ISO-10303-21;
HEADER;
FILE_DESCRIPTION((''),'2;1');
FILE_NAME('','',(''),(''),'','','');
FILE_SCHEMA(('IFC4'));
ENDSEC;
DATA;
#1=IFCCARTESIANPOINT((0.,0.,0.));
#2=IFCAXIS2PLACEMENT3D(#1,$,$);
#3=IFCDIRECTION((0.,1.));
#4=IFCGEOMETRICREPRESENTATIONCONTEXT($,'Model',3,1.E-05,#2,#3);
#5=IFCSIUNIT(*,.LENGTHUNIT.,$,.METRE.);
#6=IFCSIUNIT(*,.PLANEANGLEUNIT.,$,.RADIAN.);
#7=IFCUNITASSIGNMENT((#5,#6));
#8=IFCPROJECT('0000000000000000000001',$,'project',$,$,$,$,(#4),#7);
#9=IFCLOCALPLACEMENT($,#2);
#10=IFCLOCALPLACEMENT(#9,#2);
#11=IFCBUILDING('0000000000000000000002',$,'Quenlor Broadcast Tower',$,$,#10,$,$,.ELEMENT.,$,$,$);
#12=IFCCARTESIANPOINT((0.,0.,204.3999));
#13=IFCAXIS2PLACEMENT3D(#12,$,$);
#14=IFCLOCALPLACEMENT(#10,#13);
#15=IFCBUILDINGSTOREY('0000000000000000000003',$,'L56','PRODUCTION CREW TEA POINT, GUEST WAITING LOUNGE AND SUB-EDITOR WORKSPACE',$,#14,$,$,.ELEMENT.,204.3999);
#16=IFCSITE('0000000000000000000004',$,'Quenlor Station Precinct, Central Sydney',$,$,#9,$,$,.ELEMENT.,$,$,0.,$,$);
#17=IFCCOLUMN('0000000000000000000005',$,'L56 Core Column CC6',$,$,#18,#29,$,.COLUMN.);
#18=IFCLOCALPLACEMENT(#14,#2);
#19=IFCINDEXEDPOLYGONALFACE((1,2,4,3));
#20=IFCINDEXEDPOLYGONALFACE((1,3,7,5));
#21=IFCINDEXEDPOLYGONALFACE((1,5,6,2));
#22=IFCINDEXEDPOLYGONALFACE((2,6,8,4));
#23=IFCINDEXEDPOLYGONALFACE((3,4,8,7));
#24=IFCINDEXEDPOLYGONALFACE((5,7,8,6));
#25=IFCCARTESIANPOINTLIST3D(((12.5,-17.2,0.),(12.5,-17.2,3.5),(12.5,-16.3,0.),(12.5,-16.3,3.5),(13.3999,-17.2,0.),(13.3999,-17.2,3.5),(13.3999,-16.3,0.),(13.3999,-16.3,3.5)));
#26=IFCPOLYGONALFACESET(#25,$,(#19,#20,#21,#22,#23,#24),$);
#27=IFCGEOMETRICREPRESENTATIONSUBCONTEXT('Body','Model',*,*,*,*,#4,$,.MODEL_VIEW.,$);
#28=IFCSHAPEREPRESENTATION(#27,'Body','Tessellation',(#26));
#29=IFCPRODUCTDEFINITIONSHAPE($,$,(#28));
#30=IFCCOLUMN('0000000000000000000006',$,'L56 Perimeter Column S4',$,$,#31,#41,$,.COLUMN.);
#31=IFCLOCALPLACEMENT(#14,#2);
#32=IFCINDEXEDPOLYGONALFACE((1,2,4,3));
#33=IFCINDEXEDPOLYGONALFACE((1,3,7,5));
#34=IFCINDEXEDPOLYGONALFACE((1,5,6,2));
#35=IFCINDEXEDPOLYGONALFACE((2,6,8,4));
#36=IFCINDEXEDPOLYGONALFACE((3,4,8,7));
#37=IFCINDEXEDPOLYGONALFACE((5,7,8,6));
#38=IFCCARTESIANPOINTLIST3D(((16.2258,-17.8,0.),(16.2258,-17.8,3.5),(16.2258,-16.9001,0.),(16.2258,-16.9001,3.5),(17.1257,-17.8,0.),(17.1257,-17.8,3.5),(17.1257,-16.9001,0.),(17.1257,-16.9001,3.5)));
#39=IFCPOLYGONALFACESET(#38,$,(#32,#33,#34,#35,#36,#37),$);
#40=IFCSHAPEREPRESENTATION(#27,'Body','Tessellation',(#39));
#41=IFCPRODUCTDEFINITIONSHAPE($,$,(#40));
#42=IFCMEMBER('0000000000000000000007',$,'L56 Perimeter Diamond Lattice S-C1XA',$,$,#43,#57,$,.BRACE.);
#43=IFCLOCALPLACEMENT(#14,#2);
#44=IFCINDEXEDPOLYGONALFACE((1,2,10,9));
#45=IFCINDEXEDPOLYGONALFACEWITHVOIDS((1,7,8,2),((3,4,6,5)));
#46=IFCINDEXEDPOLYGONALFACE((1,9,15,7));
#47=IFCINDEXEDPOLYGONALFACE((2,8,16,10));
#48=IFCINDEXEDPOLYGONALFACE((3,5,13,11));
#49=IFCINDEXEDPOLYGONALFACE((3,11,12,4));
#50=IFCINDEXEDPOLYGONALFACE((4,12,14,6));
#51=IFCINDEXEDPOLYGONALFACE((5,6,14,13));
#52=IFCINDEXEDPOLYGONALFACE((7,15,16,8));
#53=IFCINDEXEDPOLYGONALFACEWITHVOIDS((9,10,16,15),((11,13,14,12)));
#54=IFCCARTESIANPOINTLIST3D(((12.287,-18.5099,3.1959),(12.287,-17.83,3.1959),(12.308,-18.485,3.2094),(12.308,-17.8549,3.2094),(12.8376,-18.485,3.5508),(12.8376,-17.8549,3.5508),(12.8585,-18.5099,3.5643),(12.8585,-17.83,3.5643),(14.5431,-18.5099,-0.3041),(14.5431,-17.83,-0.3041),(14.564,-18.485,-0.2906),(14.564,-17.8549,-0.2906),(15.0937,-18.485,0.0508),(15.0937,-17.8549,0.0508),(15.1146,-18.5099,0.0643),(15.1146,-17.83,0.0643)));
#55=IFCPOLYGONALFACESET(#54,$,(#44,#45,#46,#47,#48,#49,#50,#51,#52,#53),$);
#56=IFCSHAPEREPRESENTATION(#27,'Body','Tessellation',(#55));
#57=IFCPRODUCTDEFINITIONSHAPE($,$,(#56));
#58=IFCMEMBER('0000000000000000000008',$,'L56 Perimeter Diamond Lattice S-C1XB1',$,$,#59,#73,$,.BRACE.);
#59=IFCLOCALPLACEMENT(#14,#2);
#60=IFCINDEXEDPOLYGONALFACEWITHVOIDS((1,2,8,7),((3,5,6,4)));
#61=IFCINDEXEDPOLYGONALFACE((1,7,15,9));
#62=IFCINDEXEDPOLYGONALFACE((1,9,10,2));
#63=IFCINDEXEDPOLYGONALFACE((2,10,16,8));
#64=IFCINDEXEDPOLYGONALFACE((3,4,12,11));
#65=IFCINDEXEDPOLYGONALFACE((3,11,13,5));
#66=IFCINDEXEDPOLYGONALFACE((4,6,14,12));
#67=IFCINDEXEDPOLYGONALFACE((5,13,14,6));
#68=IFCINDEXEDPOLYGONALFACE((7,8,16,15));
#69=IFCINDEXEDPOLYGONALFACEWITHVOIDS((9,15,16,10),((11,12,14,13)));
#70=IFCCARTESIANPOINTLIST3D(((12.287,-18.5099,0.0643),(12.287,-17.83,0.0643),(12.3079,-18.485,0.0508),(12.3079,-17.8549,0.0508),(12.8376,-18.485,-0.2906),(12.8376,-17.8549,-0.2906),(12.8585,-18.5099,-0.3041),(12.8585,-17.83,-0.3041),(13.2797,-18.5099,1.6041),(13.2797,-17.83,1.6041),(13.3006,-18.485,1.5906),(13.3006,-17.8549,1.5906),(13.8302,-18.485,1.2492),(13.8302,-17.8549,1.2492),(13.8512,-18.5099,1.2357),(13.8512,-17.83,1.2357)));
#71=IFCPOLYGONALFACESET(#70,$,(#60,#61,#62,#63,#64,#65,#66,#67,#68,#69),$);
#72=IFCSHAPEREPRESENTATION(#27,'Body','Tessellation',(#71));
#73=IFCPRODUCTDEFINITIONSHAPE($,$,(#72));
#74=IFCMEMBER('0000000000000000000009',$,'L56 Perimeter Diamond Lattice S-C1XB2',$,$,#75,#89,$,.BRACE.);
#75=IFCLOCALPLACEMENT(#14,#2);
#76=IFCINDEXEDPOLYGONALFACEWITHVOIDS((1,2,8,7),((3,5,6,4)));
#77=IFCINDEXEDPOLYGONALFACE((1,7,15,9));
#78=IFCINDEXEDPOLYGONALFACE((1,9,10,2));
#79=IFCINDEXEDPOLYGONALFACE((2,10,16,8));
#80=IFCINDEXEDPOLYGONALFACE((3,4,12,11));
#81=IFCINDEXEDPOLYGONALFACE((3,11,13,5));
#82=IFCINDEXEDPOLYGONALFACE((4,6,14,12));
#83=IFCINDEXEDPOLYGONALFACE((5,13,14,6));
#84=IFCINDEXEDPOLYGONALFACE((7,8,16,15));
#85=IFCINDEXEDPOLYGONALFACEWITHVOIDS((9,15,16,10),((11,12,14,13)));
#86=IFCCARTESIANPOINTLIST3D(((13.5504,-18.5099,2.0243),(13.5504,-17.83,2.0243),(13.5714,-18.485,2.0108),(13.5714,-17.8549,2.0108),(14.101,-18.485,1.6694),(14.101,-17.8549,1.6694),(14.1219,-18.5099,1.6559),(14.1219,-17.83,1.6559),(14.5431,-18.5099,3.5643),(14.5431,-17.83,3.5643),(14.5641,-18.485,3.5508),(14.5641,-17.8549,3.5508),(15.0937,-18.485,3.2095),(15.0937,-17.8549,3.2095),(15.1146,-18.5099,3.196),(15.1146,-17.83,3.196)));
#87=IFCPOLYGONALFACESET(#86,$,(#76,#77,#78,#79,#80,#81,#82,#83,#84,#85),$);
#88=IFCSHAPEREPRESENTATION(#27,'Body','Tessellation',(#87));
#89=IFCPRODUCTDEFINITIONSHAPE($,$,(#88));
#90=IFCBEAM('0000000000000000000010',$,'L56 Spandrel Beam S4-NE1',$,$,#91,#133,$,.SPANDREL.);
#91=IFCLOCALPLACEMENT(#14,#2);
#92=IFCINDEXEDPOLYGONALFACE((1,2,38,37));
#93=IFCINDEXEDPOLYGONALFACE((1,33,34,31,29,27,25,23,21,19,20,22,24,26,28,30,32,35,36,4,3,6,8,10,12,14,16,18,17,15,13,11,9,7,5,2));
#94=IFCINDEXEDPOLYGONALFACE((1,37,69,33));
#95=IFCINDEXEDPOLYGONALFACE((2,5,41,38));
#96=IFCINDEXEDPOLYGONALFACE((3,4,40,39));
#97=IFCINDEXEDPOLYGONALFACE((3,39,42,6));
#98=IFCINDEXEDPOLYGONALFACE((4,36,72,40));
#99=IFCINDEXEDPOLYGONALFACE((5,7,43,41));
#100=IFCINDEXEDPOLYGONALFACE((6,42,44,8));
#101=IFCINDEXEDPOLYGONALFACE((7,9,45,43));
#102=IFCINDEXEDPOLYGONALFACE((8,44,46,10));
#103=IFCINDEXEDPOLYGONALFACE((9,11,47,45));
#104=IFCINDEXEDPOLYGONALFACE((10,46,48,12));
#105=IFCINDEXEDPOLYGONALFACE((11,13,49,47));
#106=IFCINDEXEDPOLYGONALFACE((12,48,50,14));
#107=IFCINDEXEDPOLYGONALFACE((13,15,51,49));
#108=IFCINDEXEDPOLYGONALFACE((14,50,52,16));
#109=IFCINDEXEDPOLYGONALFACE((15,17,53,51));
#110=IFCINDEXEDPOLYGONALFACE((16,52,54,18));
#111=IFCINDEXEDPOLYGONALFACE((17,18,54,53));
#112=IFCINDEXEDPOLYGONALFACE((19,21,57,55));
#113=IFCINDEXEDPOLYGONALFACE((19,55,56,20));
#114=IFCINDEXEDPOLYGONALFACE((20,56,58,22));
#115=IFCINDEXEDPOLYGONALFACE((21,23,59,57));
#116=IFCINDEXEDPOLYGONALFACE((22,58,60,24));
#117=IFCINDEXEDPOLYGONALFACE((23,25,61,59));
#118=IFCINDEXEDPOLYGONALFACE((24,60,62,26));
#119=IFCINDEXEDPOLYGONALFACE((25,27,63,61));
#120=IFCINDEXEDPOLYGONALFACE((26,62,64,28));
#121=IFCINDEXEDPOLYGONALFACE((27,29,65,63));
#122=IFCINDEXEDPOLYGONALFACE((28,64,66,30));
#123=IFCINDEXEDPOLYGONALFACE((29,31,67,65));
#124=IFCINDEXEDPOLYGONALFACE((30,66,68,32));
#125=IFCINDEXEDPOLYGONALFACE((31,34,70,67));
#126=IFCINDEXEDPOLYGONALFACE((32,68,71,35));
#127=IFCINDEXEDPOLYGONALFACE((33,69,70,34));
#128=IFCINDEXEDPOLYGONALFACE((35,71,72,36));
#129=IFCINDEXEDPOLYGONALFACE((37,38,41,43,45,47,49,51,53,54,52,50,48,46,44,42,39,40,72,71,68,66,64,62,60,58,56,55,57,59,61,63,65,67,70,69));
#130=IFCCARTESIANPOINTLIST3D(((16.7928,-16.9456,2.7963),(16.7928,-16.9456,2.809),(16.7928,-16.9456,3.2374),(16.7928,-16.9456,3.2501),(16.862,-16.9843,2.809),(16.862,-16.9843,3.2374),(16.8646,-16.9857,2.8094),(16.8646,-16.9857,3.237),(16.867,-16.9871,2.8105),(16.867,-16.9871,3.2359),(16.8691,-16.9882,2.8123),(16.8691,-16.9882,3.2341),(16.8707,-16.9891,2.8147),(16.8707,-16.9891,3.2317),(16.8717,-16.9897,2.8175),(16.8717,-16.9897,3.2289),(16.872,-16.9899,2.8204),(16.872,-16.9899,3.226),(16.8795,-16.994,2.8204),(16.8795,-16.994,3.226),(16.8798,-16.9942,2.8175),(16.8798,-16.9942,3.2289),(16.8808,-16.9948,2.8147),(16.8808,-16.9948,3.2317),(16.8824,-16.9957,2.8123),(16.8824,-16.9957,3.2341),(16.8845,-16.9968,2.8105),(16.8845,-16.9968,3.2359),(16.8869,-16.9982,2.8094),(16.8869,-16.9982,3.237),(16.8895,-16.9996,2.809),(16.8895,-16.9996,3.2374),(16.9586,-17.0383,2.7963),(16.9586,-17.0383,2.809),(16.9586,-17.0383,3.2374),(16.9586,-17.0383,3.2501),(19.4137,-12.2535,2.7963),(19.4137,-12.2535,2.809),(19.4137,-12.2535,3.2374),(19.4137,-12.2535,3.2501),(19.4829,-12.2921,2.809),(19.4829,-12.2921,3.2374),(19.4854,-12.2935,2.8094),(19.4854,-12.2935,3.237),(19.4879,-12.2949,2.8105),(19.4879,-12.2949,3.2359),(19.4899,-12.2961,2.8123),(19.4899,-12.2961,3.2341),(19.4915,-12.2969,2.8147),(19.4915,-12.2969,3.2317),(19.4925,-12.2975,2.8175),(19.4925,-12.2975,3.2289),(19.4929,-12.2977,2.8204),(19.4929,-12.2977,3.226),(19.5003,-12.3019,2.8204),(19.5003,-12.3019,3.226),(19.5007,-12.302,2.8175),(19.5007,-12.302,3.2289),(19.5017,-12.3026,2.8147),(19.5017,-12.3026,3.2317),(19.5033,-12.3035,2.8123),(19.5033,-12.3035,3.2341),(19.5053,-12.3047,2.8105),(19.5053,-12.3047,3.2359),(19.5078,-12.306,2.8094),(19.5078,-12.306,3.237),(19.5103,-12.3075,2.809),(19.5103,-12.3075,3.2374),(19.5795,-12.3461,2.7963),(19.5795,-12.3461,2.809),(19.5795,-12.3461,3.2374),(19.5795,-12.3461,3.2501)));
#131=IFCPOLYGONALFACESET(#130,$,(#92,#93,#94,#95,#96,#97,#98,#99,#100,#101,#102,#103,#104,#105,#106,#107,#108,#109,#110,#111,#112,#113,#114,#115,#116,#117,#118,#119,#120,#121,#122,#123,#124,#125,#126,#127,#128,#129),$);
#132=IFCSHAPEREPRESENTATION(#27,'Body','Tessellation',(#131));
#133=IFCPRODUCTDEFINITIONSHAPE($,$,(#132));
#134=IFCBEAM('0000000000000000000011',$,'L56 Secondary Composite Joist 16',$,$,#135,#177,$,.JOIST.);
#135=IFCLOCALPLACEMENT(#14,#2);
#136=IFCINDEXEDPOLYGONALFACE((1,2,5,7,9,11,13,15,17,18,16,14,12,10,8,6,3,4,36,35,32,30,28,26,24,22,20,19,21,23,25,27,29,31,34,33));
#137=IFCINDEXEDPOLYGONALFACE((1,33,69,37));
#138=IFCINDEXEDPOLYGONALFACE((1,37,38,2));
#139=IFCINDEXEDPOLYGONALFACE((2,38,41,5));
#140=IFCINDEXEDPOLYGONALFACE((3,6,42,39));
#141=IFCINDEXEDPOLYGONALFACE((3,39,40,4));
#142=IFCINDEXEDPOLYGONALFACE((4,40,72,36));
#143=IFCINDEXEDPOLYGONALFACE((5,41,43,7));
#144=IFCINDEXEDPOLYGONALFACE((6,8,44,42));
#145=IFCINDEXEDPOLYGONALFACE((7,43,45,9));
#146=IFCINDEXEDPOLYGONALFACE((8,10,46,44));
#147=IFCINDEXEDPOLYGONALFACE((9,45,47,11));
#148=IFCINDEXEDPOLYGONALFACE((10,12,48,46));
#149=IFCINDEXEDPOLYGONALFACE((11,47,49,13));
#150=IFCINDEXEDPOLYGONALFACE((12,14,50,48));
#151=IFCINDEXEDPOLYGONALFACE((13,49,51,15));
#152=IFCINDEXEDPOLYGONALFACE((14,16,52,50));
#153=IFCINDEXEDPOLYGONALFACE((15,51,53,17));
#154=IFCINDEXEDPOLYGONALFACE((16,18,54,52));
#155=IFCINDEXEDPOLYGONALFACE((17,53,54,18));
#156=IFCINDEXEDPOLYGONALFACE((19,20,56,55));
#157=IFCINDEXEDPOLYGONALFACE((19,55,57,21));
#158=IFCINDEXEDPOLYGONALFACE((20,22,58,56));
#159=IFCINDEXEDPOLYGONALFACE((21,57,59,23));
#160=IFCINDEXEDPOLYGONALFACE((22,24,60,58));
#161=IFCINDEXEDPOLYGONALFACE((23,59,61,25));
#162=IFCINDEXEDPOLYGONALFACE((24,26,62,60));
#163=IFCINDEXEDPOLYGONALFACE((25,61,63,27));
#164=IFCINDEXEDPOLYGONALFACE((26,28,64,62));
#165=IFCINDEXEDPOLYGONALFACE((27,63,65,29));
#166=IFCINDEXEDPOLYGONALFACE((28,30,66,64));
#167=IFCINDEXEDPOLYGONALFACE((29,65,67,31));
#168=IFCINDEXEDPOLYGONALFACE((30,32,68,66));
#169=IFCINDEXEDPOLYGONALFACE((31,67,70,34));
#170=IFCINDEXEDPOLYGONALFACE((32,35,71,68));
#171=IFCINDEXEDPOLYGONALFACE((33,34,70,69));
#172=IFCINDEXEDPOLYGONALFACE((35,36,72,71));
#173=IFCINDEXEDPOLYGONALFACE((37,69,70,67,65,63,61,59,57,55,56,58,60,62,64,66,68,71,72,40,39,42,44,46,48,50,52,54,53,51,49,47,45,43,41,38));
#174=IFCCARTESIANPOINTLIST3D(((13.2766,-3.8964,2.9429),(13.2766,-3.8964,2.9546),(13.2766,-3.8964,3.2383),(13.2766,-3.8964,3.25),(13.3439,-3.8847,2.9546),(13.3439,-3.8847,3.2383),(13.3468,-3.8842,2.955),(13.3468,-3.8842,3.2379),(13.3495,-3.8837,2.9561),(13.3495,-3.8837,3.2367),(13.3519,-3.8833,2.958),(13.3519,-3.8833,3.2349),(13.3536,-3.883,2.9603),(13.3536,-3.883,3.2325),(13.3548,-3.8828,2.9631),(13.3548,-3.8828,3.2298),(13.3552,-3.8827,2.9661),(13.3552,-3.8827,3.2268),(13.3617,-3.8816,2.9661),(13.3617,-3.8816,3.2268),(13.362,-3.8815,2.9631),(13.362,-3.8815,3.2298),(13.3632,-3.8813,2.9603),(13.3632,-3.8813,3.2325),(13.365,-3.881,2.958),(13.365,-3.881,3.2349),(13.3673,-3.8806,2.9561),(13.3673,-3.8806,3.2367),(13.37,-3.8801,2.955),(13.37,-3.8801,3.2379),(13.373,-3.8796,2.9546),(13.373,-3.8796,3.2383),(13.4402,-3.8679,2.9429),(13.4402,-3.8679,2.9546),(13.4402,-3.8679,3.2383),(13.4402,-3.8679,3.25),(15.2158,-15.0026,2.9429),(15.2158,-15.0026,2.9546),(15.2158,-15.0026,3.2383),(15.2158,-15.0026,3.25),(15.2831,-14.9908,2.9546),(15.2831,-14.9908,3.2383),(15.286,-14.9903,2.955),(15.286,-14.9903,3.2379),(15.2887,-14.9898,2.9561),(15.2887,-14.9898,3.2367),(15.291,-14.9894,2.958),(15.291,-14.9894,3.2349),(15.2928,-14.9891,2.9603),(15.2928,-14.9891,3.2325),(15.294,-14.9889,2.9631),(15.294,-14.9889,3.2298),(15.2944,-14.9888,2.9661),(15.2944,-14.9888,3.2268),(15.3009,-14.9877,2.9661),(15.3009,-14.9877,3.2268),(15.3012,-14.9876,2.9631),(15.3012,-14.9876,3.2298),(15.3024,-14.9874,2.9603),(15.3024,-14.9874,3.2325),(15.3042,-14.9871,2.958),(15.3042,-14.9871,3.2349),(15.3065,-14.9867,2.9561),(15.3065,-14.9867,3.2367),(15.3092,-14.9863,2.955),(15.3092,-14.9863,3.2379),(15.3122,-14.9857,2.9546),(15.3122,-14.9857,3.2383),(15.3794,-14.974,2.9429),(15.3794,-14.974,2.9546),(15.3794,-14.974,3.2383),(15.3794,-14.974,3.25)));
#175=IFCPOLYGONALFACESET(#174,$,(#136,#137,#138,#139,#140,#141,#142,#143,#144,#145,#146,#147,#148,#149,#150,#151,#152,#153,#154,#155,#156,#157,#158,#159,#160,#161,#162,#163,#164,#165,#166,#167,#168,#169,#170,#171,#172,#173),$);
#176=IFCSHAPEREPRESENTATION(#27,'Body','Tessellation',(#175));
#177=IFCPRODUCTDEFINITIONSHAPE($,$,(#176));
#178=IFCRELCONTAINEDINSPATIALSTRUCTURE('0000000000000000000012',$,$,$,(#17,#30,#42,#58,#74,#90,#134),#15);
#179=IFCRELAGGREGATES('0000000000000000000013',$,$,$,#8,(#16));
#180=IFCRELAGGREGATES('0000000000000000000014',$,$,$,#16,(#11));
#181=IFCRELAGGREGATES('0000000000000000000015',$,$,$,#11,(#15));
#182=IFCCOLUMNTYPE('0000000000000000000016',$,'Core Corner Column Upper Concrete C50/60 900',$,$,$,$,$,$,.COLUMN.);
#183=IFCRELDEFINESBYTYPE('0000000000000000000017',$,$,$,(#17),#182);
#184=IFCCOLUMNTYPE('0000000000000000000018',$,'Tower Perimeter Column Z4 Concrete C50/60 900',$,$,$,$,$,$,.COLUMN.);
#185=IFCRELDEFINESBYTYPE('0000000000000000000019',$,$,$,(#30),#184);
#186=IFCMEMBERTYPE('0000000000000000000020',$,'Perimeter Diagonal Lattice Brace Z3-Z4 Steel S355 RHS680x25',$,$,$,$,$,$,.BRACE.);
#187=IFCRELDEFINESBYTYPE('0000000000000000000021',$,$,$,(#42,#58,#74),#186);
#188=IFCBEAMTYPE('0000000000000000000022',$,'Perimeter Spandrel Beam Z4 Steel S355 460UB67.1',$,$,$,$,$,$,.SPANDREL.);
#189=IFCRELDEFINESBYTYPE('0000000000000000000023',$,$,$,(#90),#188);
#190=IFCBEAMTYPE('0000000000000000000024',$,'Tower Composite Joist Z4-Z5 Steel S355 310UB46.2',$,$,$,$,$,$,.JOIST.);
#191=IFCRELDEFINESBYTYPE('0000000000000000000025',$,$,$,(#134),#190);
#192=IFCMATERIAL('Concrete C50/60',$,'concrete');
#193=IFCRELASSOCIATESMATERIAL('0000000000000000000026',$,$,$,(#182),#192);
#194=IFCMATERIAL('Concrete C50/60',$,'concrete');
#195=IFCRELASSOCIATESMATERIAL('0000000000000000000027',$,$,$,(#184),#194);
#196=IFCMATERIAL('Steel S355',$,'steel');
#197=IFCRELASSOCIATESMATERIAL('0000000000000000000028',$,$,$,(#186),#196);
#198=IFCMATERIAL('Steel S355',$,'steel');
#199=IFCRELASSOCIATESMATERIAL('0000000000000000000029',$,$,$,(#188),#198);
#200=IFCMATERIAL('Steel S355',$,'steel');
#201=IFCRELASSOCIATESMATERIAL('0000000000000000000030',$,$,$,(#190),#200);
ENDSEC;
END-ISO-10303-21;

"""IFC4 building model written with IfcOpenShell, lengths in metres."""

from ifc_helpers import new_model, si_unit, direction, frame, origin, origin_2d, place, context, subcontext, project, spatial, rectangle, hollow_rectangle, i_section, extrude, material, material_profile, profile_set, type_object, element, save


model = new_model("IFC4")

# Units and contexts
model_context = context("Model", 3, precision=1e-05, world=origin(), true_north=direction((0.0, 1.0)))
body_context = subcontext(model_context, "Body", "Model", "MODEL_VIEW")
ifc_project = project(units=[si_unit("LENGTHUNIT", "METRE"), si_unit("PLANEANGLEUNIT", "RADIAN")], contexts=[model_context])

# Site, building, storey
site_placement = place(None, origin())
site = spatial("IfcSite", under=ifc_project, at=site_placement, Name="Quenlor Station Precinct, Central Sydney", CompositionType="ELEMENT", RefElevation=0.0)
building_placement = place(site_placement, origin())
building = spatial("IfcBuilding", under=site, at=building_placement, Name="Quenlor Broadcast Tower", CompositionType="ELEMENT")
storey_placement = place(building_placement, frame((0.0, 0.0, 204.3999)))
storey = spatial("IfcBuildingStorey", under=building, at=storey_placement, Name="L56", Description="PRODUCTION CREW TEA POINT, GUEST WAITING LOUNGE AND SUB-EDITOR WORKSPACE", CompositionType="ELEMENT", Elevation=204.3999)

# Columns
ifc_material_1 = material(Name="Concrete C50/60", Category="concrete")
ifc_material_profile_1 = material_profile(ifc_material_1, rectangle(XDim=0.8999, YDim=0.8999, at=origin_2d()))
ifc_profile_set_1 = profile_set([ifc_material_profile_1], Name="Concrete C50/60 RC900x900")
column_type_1 = type_object("IfcColumnType", Name="Core Corner Column Upper Concrete C50/60 900", PredefinedType="COLUMN", material=ifc_profile_set_1)
column_1_placement = place(storey_placement, frame((12.95, -16.75, 0.0), z_axis=(0.0, 0.0, 1.0), x_axis=(1.0, 0.0, 0.0)))
element("IfcColumn", 1, at=column_1_placement, inside=storey, type_object=column_type_1, Name="L56 Core Column CC6", PredefinedType="COLUMN", context=body_context, shape_type="SweptSolid", body=[
    extrude(rectangle(XDim=0.8999, YDim=0.8999, at=origin_2d()), origin(), (0.0, 0.0, 1.0), 3.5),
])
ifc_material_2 = material(Name="Concrete C50/60", Category="concrete")
ifc_material_profile_2 = material_profile(ifc_material_2, rectangle(XDim=0.8999, YDim=0.8999, at=origin_2d()))
ifc_profile_set_2 = profile_set([ifc_material_profile_2], Name="Concrete C50/60 RC900x900")
column_type_2 = type_object("IfcColumnType", Name="Tower Perimeter Column Z4 Concrete C50/60 900", PredefinedType="COLUMN", material=ifc_profile_set_2)
column_2_placement = place(storey_placement, frame((16.6758, -17.3501, 0.0), z_axis=(0.0, 0.0, 1.0), x_axis=(0.0, 1.0, 0.0)))
element("IfcColumn", 2, at=column_2_placement, inside=storey, type_object=column_type_2, Name="L56 Perimeter Column S4", PredefinedType="COLUMN", context=body_context, shape_type="SweptSolid", body=[
    extrude(rectangle(XDim=0.8999, YDim=0.8999, at=origin_2d()), origin(), (0.0, 0.0, 1.0), 3.5),
])

# Members
ifc_material_3 = material(Name="Steel S355", Category="steel")
ifc_material_profile_3 = material_profile(ifc_material_3, hollow_rectangle(XDim=0.6799, YDim=0.6799, WallThickness=0.0249, at=origin_2d()))
ifc_profile_set_3 = profile_set([ifc_material_profile_3], Name="Steel S355 RHS680x680x25")
member_type = type_object("IfcMemberType", Name="Perimeter Diagonal Lattice Brace Z3-Z4 Steel S355 RHS680x25", PredefinedType="BRACE", material=ifc_profile_set_3)
member_1_placement = place(storey_placement, frame((14.8289, -18.1699, -0.1199), z_axis=(-0.541794, 0.0, 0.840511), x_axis=(0.0, -1.0, 0.0)))
element("IfcMember", 3, at=member_1_placement, inside=storey, type_object=member_type, Name="L56 Perimeter Diamond Lattice S-C1XA", PredefinedType="BRACE", context=body_context, shape_type="SweptSolid", body=[
    extrude(hollow_rectangle(XDim=0.6799, YDim=0.6799, WallThickness=0.0249, at=origin_2d()), origin(), (0.0, 0.0, 1.0), 4.1641),
])
member_2_placement = place(storey_placement, frame((12.5728, -18.1699, -0.1199), z_axis=(0.541842, 0.0, 0.840481), x_axis=(0.0, 1.0, 0.0)))
element("IfcMember", 4, at=member_2_placement, inside=storey, type_object=member_type, Name="L56 Perimeter Diamond Lattice S-C1XB1", PredefinedType="BRACE", context=body_context, shape_type="SweptSolid", body=[
    extrude(hollow_rectangle(XDim=0.6799, YDim=0.6799, WallThickness=0.0249, at=origin_2d()), origin(), (0.0, 0.0, 1.0), 1.832),
])
member_3_placement = place(storey_placement, frame((13.8362, -18.1699, 1.8401), z_axis=(0.541781, 0.0, 0.84052), x_axis=(0.0, 1.0, 0.0)))
element("IfcMember", 5, at=member_3_placement, inside=storey, type_object=member_type, Name="L56 Perimeter Diamond Lattice S-C1XB2", PredefinedType="BRACE", context=body_context, shape_type="SweptSolid", body=[
    extrude(hollow_rectangle(XDim=0.6799, YDim=0.6799, WallThickness=0.0249, at=origin_2d()), origin(), (0.0, 0.0, 1.0), 1.8323),
])

# Beams
ifc_material_4 = material(Name="Steel S355", Category="steel")
ifc_material_profile_4 = material_profile(ifc_material_4, i_section(OverallWidth=0.1899, OverallDepth=0.4539, WebThickness=0.0085, FlangeThickness=0.0127, FilletRadius=0.0115, at=origin_2d()))
ifc_profile_set_4 = profile_set([ifc_material_profile_4], Name="Steel S355 460UB67.1")
beam_type_1 = type_object("IfcBeamType", Name="Perimeter Spandrel Beam Z4 Steel S355 460UB67.1", PredefinedType="SPANDREL", material=ifc_profile_set_4)
beam_1_placement = place(storey_placement, frame((16.8757, -16.9919, 3.0232), z_axis=(0.487647, 0.873041, 0.0), x_axis=(-0.873041, 0.487647, 0.0)))
element("IfcBeam", 6, at=beam_1_placement, inside=storey, type_object=beam_type_1, Name="L56 Spandrel Beam S4-NE1", PredefinedType="SPANDREL", context=body_context, shape_type="SweptSolid", body=[
    extrude(i_section(OverallWidth=0.1899, OverallDepth=0.4539, WebThickness=0.0085, FlangeThickness=0.0127, FilletRadius=0.0115, at=origin_2d()), origin(), (0.0, 0.0, 1.0), 5.3745),
])
ifc_material_5 = material(Name="Steel S355", Category="steel")
ifc_material_profile_5 = material_profile(ifc_material_5, i_section(OverallWidth=0.166, OverallDepth=0.3071, WebThickness=0.0066, FlangeThickness=0.0117, FilletRadius=0.0115, at=origin_2d()))
ifc_profile_set_5 = profile_set([ifc_material_profile_5], Name="Steel S355 310UB46.2")
beam_type_2 = type_object("IfcBeamType", Name="Tower Composite Joist Z4-Z5 Steel S355 310UB46.2", PredefinedType="JOIST", material=ifc_profile_set_5)
beam_2_placement = place(storey_placement, frame((15.2976, -14.9883, 3.0964), z_axis=(-0.172004, 0.985096, 0.0), x_axis=(-0.985096, -0.172004, 0.0)))
element("IfcBeam", 7, at=beam_2_placement, inside=storey, type_object=beam_type_2, Name="L56 Secondary Composite Joist 16", PredefinedType="JOIST", context=body_context, shape_type="SweptSolid", body=[
    extrude(i_section(OverallWidth=0.166, OverallDepth=0.3071, WebThickness=0.0066, FlangeThickness=0.0117, FilletRadius=0.0115, at=origin_2d()), origin(), (0.0, 0.0, 1.0), 11.2742),
])

save(model, "model.ifc")
